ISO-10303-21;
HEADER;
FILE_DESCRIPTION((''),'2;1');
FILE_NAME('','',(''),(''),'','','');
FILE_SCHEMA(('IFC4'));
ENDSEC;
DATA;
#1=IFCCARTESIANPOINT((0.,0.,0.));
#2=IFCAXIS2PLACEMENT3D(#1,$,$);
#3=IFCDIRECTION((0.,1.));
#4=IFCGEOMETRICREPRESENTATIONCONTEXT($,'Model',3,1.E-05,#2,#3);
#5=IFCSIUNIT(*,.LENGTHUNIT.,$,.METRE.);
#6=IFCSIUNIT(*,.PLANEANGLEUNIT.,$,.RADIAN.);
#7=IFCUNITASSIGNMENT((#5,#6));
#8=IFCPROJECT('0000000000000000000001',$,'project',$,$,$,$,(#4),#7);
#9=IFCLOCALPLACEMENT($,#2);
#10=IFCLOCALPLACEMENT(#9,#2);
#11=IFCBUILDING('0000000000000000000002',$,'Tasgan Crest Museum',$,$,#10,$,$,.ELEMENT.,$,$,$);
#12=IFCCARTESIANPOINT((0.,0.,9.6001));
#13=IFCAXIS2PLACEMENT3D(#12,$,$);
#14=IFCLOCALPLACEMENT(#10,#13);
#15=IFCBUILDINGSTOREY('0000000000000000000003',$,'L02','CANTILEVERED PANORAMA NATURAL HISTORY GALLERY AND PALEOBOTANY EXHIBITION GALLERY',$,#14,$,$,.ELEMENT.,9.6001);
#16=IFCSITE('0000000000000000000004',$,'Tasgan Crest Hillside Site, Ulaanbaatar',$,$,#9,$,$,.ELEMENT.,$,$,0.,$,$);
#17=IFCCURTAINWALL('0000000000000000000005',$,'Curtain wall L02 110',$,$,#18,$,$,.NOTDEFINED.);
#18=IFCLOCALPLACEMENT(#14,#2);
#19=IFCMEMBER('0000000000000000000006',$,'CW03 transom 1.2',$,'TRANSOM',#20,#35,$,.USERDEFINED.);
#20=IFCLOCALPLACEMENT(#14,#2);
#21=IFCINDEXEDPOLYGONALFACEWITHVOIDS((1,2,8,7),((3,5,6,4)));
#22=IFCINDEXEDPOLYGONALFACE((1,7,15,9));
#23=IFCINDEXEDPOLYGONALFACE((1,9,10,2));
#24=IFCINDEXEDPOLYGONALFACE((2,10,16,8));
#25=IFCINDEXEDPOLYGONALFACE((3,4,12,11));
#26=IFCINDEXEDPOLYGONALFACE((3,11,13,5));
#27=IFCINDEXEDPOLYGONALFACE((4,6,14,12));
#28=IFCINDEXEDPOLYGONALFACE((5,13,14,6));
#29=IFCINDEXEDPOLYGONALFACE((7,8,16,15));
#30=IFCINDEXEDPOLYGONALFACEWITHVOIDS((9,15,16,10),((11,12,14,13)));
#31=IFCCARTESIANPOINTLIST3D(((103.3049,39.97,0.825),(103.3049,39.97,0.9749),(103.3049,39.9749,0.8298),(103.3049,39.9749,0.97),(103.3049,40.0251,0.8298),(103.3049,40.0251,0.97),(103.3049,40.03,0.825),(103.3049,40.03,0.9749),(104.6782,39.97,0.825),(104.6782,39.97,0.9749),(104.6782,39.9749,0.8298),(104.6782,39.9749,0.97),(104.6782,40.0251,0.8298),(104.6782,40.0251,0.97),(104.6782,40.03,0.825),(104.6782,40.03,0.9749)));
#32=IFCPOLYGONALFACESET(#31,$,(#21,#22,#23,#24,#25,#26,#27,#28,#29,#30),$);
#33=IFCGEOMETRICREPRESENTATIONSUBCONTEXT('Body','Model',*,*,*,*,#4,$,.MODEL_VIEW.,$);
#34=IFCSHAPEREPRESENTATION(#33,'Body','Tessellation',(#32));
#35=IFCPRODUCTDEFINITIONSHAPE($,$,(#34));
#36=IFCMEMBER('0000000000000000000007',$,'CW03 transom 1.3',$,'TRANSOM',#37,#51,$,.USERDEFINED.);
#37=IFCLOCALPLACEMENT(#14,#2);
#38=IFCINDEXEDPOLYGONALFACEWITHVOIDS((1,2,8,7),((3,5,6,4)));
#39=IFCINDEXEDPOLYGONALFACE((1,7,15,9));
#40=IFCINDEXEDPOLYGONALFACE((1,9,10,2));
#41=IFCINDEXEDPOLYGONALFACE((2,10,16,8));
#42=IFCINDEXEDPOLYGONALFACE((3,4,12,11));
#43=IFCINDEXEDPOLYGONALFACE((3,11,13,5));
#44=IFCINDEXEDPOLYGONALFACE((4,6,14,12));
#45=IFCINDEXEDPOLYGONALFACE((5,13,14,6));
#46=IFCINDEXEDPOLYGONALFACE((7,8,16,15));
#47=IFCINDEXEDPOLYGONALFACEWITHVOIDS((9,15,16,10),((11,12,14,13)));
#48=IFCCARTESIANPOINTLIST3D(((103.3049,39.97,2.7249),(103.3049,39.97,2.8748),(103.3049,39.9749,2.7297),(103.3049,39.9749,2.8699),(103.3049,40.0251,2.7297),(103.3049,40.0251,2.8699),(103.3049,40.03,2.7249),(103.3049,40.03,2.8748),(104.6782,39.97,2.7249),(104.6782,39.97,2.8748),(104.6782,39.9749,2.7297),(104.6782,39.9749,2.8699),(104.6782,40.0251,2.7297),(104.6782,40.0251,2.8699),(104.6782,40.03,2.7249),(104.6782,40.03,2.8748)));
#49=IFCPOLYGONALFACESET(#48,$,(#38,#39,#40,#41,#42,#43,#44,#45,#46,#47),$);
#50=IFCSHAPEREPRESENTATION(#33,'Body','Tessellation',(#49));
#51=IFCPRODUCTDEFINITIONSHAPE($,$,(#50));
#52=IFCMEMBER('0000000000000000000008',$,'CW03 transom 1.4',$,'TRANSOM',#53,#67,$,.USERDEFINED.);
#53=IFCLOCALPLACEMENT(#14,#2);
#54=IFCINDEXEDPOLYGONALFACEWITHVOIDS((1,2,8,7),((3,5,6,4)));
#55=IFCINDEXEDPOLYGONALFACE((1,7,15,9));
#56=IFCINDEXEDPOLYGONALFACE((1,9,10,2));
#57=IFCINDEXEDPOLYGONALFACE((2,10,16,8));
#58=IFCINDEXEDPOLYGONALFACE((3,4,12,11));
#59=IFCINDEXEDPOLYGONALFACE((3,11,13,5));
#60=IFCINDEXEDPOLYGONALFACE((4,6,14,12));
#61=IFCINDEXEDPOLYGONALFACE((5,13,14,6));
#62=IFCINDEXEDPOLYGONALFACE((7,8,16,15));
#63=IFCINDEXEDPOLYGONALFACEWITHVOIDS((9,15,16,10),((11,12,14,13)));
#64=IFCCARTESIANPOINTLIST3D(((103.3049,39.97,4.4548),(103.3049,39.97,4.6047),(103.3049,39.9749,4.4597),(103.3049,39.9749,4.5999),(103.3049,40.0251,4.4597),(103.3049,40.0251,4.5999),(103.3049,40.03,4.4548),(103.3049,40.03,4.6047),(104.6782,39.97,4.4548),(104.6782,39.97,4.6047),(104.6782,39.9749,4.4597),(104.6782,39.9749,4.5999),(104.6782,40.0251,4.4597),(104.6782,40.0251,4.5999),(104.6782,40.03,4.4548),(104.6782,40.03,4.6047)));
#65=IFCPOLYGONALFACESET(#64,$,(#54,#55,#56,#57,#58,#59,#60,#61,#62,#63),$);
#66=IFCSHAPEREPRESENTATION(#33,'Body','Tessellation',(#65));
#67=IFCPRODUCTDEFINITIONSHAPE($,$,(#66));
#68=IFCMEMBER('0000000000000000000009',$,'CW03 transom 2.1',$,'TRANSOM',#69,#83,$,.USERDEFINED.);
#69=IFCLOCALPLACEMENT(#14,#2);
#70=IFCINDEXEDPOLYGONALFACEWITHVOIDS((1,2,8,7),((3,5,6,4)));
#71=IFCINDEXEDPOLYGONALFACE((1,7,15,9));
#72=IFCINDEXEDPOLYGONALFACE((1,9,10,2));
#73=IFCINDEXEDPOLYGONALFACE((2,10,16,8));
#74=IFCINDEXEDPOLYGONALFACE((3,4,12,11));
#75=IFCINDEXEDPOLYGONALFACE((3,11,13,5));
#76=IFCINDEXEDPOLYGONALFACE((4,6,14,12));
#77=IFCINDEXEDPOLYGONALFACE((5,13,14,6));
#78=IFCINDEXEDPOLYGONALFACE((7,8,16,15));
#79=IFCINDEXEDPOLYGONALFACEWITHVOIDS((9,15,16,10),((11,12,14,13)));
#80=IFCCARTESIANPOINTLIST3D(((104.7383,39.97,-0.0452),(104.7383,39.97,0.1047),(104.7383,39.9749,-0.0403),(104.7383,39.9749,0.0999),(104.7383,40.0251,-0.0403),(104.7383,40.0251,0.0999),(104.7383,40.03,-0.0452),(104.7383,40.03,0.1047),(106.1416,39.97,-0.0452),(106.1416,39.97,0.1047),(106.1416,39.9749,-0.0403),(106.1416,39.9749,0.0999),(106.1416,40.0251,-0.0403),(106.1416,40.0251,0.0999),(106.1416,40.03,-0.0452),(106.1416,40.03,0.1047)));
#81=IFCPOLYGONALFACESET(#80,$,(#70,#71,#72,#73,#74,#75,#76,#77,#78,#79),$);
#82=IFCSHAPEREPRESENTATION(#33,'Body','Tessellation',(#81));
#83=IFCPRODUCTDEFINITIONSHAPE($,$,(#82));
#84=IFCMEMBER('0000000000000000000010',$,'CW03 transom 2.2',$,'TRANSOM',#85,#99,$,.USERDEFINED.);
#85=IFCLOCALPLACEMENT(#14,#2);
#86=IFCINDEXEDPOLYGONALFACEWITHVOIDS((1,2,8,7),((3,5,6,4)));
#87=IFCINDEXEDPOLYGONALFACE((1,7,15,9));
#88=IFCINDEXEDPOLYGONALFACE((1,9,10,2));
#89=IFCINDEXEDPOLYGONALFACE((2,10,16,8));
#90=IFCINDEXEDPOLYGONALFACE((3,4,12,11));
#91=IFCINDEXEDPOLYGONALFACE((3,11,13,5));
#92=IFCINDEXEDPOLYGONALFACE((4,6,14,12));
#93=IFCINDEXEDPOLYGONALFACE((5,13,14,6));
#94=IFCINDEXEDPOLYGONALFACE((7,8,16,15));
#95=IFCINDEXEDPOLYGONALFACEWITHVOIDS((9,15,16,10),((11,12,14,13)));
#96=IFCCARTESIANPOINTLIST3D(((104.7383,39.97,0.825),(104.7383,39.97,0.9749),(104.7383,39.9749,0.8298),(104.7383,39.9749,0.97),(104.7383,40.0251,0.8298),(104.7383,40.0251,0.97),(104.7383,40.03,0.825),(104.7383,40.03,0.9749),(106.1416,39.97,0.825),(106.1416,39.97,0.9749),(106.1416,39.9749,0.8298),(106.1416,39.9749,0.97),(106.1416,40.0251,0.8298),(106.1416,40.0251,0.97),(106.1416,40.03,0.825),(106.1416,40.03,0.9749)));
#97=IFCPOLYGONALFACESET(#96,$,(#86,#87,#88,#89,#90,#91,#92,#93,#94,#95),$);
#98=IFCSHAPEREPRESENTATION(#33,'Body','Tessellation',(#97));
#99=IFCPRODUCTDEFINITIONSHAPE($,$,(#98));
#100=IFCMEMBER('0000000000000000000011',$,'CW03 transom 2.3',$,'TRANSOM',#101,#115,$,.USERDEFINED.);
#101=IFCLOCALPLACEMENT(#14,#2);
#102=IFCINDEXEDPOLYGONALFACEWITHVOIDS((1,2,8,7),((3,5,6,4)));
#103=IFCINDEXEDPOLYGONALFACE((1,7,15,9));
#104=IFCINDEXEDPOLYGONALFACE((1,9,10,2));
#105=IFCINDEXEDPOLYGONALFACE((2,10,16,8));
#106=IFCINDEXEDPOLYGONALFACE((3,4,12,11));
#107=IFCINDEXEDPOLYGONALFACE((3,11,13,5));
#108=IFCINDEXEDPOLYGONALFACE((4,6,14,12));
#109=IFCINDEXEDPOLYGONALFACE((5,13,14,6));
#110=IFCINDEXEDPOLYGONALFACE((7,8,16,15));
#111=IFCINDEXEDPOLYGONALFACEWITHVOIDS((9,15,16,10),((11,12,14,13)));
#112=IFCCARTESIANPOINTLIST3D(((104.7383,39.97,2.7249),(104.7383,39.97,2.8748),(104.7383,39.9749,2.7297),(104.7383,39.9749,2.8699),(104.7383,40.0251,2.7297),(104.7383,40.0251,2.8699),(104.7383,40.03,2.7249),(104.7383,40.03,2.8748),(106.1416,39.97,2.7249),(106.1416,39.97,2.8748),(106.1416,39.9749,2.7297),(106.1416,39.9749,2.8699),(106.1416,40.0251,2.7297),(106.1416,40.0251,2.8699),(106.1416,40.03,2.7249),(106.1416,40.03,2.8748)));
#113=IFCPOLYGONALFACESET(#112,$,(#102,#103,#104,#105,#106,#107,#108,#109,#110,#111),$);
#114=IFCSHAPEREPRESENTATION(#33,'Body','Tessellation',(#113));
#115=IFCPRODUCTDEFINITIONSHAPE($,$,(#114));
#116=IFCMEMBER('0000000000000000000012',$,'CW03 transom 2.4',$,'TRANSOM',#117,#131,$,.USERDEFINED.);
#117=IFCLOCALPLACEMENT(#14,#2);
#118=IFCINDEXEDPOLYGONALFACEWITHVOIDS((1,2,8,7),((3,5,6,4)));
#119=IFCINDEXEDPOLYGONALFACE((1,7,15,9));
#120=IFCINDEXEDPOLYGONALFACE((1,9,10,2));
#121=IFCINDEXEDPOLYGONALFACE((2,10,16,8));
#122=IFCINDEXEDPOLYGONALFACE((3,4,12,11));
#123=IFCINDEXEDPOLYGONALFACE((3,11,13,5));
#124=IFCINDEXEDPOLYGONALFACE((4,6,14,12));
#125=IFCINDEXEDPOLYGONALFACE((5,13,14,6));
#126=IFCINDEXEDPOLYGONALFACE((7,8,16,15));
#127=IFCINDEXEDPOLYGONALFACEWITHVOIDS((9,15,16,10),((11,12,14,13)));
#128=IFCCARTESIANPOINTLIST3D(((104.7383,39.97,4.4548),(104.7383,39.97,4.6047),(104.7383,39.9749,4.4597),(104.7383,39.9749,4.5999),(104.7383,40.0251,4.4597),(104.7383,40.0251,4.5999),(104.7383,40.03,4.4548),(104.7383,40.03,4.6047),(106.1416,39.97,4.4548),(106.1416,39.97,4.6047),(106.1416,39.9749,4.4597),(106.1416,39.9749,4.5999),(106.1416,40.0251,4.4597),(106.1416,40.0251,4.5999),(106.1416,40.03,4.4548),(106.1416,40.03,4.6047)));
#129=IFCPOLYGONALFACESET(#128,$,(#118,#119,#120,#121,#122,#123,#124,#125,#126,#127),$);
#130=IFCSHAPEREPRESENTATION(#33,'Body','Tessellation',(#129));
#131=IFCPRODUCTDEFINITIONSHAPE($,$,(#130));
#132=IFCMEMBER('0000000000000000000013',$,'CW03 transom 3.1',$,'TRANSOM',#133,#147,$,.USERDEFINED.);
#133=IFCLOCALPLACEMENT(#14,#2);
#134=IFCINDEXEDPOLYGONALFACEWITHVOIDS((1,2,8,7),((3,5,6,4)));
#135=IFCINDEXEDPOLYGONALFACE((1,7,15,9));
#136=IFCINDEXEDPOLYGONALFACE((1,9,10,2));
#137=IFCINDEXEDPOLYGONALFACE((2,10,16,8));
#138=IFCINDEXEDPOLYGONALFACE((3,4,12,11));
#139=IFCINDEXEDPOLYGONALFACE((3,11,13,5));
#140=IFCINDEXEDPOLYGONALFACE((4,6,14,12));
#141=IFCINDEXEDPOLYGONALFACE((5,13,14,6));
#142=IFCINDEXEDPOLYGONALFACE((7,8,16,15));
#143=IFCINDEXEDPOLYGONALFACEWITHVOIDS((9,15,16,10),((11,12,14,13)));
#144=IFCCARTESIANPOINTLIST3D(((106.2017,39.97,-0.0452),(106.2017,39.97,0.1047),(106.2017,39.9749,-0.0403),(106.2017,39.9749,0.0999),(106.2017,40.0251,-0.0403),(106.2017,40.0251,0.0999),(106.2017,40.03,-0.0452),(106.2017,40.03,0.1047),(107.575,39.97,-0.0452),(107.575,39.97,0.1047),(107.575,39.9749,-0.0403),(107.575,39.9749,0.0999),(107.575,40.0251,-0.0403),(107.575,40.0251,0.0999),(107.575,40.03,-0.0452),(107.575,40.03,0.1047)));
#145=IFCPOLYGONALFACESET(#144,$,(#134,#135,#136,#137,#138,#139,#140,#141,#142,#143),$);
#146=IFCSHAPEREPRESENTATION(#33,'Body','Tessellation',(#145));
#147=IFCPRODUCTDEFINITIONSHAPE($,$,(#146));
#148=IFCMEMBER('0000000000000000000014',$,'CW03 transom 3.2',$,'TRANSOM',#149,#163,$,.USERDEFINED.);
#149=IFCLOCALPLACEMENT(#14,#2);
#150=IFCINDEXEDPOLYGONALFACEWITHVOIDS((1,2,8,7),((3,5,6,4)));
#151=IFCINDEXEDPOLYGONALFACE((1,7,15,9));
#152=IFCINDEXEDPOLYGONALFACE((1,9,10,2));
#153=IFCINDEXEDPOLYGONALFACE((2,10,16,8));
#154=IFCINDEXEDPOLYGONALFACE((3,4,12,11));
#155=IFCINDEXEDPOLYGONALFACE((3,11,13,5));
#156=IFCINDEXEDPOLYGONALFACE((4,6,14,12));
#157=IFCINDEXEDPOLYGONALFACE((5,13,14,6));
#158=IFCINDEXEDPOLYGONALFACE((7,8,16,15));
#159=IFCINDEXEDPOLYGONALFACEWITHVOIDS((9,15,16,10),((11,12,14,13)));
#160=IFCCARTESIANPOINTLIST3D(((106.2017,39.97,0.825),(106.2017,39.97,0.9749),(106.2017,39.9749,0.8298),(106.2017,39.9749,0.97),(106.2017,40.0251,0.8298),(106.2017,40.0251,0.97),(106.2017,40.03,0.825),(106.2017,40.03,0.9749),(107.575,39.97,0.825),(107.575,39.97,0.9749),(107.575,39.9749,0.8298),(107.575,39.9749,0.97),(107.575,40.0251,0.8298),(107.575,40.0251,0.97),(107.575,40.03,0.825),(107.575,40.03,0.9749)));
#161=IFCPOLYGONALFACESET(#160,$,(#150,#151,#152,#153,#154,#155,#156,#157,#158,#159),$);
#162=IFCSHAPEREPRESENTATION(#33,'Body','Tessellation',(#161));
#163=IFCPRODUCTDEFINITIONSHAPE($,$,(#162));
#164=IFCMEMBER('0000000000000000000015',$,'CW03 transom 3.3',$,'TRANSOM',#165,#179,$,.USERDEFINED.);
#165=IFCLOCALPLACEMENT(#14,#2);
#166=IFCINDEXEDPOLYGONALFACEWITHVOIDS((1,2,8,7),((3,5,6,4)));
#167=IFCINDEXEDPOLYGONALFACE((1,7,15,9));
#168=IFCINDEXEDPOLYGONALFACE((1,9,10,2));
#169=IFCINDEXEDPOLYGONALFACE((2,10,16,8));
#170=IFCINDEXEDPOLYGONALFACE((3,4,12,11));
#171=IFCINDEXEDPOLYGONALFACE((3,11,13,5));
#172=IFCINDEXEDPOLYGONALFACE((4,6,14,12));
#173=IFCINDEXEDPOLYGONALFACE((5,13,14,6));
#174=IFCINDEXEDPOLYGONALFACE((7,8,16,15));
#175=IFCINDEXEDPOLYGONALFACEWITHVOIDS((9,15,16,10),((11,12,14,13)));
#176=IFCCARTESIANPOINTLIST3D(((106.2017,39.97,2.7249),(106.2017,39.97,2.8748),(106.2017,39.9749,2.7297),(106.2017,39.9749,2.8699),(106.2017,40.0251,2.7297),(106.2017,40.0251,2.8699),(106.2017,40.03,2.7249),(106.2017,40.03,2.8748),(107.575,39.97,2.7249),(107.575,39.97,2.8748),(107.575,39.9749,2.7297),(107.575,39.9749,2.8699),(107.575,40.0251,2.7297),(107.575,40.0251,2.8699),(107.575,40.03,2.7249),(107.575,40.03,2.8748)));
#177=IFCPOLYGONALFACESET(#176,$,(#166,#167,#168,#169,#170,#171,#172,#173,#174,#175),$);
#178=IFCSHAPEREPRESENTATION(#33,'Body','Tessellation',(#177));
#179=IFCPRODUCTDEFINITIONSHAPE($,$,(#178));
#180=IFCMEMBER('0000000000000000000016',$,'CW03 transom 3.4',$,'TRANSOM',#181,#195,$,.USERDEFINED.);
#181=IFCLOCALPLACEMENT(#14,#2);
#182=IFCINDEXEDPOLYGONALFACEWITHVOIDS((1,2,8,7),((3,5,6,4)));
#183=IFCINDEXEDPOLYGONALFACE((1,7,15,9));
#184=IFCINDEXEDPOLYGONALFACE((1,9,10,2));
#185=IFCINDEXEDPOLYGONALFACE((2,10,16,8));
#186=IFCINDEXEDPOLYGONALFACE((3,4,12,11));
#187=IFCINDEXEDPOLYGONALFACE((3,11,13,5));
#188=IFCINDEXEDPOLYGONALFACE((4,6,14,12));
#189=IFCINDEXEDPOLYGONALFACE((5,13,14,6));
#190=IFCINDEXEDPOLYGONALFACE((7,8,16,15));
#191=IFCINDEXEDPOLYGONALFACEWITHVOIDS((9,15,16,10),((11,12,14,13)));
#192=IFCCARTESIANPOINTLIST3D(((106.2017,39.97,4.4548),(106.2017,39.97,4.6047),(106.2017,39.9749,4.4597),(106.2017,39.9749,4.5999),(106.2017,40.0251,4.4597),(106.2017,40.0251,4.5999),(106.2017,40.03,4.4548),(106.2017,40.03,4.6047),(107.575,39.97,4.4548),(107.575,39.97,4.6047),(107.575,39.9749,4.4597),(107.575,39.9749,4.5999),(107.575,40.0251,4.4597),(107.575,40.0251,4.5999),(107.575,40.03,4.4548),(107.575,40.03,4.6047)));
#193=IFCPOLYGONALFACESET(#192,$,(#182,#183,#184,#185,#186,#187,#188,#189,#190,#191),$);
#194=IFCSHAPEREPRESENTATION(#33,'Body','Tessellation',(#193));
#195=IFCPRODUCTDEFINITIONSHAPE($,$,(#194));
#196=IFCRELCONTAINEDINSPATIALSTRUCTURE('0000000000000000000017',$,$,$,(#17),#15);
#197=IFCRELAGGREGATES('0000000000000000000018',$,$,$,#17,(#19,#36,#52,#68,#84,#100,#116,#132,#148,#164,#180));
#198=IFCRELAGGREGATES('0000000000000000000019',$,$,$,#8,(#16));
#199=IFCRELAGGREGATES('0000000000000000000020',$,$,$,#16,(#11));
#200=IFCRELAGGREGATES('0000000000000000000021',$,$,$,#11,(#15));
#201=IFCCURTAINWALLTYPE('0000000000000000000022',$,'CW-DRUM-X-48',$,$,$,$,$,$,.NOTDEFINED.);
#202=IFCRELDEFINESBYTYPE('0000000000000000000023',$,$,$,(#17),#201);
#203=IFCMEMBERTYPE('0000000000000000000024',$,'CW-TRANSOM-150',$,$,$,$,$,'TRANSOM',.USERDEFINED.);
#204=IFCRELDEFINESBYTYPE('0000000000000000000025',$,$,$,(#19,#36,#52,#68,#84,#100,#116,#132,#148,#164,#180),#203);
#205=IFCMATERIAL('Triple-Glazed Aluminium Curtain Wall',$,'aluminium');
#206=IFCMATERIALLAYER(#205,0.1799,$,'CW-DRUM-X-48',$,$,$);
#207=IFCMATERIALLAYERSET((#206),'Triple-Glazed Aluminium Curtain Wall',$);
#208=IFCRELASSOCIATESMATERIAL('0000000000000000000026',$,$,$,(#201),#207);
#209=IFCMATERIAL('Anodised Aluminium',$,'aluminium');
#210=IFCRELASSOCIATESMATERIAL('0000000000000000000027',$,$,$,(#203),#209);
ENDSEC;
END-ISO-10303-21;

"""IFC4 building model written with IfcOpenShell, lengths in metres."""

from ifc_helpers import new_model, si_unit, direction, frame, origin, origin_2d, place, context, subcontext, project, spatial, hollow_rectangle, extrude, material, layer, layer_set, material_profile, profile_set, type_object, element, aggregate, save


model = new_model("IFC4")

# Units and contexts
model_context = context("Model", 3, precision=1e-05, world=origin(), true_north=direction((0.0, 1.0)))
body_context = subcontext(model_context, "Body", "Model", "MODEL_VIEW")
ifc_project = project(units=[si_unit("LENGTHUNIT", "METRE"), si_unit("PLANEANGLEUNIT", "RADIAN")], contexts=[model_context])

# Site, building, storey
site_placement = place(None, origin())
site = spatial("IfcSite", under=ifc_project, at=site_placement, Name="Tasgan Crest Hillside Site, Ulaanbaatar", CompositionType="ELEMENT", RefElevation=0.0)
building_placement = place(site_placement, origin())
building = spatial("IfcBuilding", under=site, at=building_placement, Name="Tasgan Crest Museum", CompositionType="ELEMENT")
storey_placement = place(building_placement, frame((0.0, 0.0, 9.6001)))
storey = spatial("IfcBuildingStorey", under=building, at=storey_placement, Name="L02", Description="CANTILEVERED PANORAMA NATURAL HISTORY GALLERY AND PALEOBOTANY EXHIBITION GALLERY", CompositionType="ELEMENT", Elevation=9.6001)

# Curtain wall
ifc_material_1 = material(Name="Triple-Glazed Aluminium Curtain Wall", Category="aluminium")
ifc_layer_1 = layer(ifc_material_1, 0.1799, Name="CW-DRUM-X-48")
ifc_layer_set_1 = layer_set([ifc_layer_1], Name="Triple-Glazed Aluminium Curtain Wall")
curtain_wall_type = type_object("IfcCurtainWallType", Name="CW-DRUM-X-48", PredefinedType="NOTDEFINED", material=ifc_layer_set_1)
curtain_wall_1_placement = place(storey_placement, origin())
curtain_wall_1 = element("IfcCurtainWall", 1, at=curtain_wall_1_placement, inside=storey, type_object=curtain_wall_type, Name="Curtain wall L02 110", PredefinedType="NOTDEFINED")

# Members
ifc_material_2 = material(Name="Anodised Aluminium", Category="aluminium")
ifc_material_profile_1 = material_profile(ifc_material_2, hollow_rectangle(XDim=0.0601, YDim=0.1499, WallThickness=0.0049, at=origin_2d()), Name="ALU TRANSOM 150x60x5")
ifc_profile_set_1 = profile_set([ifc_material_profile_1], Name="Anodised Aluminium")
member_type_1 = type_object("IfcMemberType", Name="CW-TRANSOM-150", ElementType="TRANSOM", PredefinedType="USERDEFINED", material=ifc_profile_set_1)
member_1_placement = place(storey_placement, frame((103.3049, 40.0, 0.8999), z_axis=(1.0, 0.0, 0.0), x_axis=(0.0, 1.0, 0.0)))
member_1 = element("IfcMember", 2, at=member_1_placement, type_object=member_type_1, Name="CW03 transom 1.2", ObjectType="TRANSOM", PredefinedType="USERDEFINED", context=body_context, shape_type="SweptSolid", body=[
    extrude(hollow_rectangle(XDim=0.0601, YDim=0.1499, WallThickness=0.0049, at=origin_2d()), origin(), (0.0, 0.0, 1.0), 1.3733),
])
member_2_placement = place(storey_placement, frame((103.3049, 40.0, 2.7998), z_axis=(1.0, 0.0, 0.0), x_axis=(0.0, 1.0, 0.0)))
member_2 = element("IfcMember", 3, at=member_2_placement, type_object=member_type_1, Name="CW03 transom 1.3", ObjectType="TRANSOM", PredefinedType="USERDEFINED", context=body_context, shape_type="SweptSolid", body=[
    extrude(hollow_rectangle(XDim=0.0601, YDim=0.1499, WallThickness=0.0049, at=origin_2d()), origin(), (0.0, 0.0, 1.0), 1.3733),
])
member_3_placement = place(storey_placement, frame((103.3049, 40.0, 4.5298), z_axis=(1.0, 0.0, 0.0), x_axis=(0.0, 1.0, 0.0)))
member_3 = element("IfcMember", 4, at=member_3_placement, type_object=member_type_1, Name="CW03 transom 1.4", ObjectType="TRANSOM", PredefinedType="USERDEFINED", context=body_context, shape_type="SweptSolid", body=[
    extrude(hollow_rectangle(XDim=0.0601, YDim=0.1499, WallThickness=0.0049, at=origin_2d()), origin(), (0.0, 0.0, 1.0), 1.3733),
])
member_4_placement = place(storey_placement, frame((104.7383, 40.0, 0.0298), z_axis=(1.0, 0.0, 0.0), x_axis=(0.0, 1.0, 0.0)))
member_4 = element("IfcMember", 5, at=member_4_placement, type_object=member_type_1, Name="CW03 transom 2.1", ObjectType="TRANSOM", PredefinedType="USERDEFINED", context=body_context, shape_type="SweptSolid", body=[
    extrude(hollow_rectangle(XDim=0.0601, YDim=0.1499, WallThickness=0.0049, at=origin_2d()), origin(), (0.0, 0.0, 1.0), 1.4033),
])
member_5_placement = place(storey_placement, frame((104.7383, 40.0, 0.8999), z_axis=(1.0, 0.0, 0.0), x_axis=(0.0, 1.0, 0.0)))
member_5 = element("IfcMember", 6, at=member_5_placement, type_object=member_type_1, Name="CW03 transom 2.2", ObjectType="TRANSOM", PredefinedType="USERDEFINED", context=body_context, shape_type="SweptSolid", body=[
    extrude(hollow_rectangle(XDim=0.0601, YDim=0.1499, WallThickness=0.0049, at=origin_2d()), origin(), (0.0, 0.0, 1.0), 1.4033),
])
member_6_placement = place(storey_placement, frame((104.7383, 40.0, 2.7998), z_axis=(1.0, 0.0, 0.0), x_axis=(0.0, 1.0, 0.0)))
member_6 = element("IfcMember", 7, at=member_6_placement, type_object=member_type_1, Name="CW03 transom 2.3", ObjectType="TRANSOM", PredefinedType="USERDEFINED", context=body_context, shape_type="SweptSolid", body=[
    extrude(hollow_rectangle(XDim=0.0601, YDim=0.1499, WallThickness=0.0049, at=origin_2d()), origin(), (0.0, 0.0, 1.0), 1.4033),
])
member_7_placement = place(storey_placement, frame((104.7383, 40.0, 4.5298), z_axis=(1.0, 0.0, 0.0), x_axis=(0.0, 1.0, 0.0)))
member_7 = element("IfcMember", 8, at=member_7_placement, type_object=member_type_1, Name="CW03 transom 2.4", ObjectType="TRANSOM", PredefinedType="USERDEFINED", context=body_context, shape_type="SweptSolid", body=[
    extrude(hollow_rectangle(XDim=0.0601, YDim=0.1499, WallThickness=0.0049, at=origin_2d()), origin(), (0.0, 0.0, 1.0), 1.4033),
])
member_8_placement = place(storey_placement, frame((106.2017, 40.0, 0.0298), z_axis=(1.0, 0.0, 0.0), x_axis=(0.0, 1.0, 0.0)))
member_8 = element("IfcMember", 9, at=member_8_placement, type_object=member_type_1, Name="CW03 transom 3.1", ObjectType="TRANSOM", PredefinedType="USERDEFINED", context=body_context, shape_type="SweptSolid", body=[
    extrude(hollow_rectangle(XDim=0.0601, YDim=0.1499, WallThickness=0.0049, at=origin_2d()), origin(), (0.0, 0.0, 1.0), 1.3733),
])
member_9_placement = place(storey_placement, frame((106.2017, 40.0, 0.8999), z_axis=(1.0, 0.0, 0.0), x_axis=(0.0, 1.0, 0.0)))
member_9 = element("IfcMember", 10, at=member_9_placement, type_object=member_type_1, Name="CW03 transom 3.2", ObjectType="TRANSOM", PredefinedType="USERDEFINED", context=body_context, shape_type="SweptSolid", body=[
    extrude(hollow_rectangle(XDim=0.0601, YDim=0.1499, WallThickness=0.0049, at=origin_2d()), origin(), (0.0, 0.0, 1.0), 1.3733),
])
member_10_placement = place(storey_placement, frame((106.2017, 40.0, 2.7998), z_axis=(1.0, 0.0, 0.0), x_axis=(0.0, 1.0, 0.0)))
member_10 = element("IfcMember", 11, at=member_10_placement, type_object=member_type_1, Name="CW03 transom 3.3", ObjectType="TRANSOM", PredefinedType="USERDEFINED", context=body_context, shape_type="SweptSolid", body=[
    extrude(hollow_rectangle(XDim=0.0601, YDim=0.1499, WallThickness=0.0049, at=origin_2d()), origin(), (0.0, 0.0, 1.0), 1.3733),
])
member_11_placement = place(storey_placement, frame((106.2017, 40.0, 4.5298), z_axis=(1.0, 0.0, 0.0), x_axis=(0.0, 1.0, 0.0)))
member_11 = element("IfcMember", 12, at=member_11_placement, type_object=member_type_1, Name="CW03 transom 3.4", ObjectType="TRANSOM", PredefinedType="USERDEFINED", context=body_context, shape_type="SweptSolid", body=[
    extrude(hollow_rectangle(XDim=0.0601, YDim=0.1499, WallThickness=0.0049, at=origin_2d()), origin(), (0.0, 0.0, 1.0), 1.3733),
])

aggregate(curtain_wall_1, [member_1, member_2, member_3, member_4, member_5, member_6, member_7, member_8, member_9, member_10, member_11])

save(model, "model.ifc")
